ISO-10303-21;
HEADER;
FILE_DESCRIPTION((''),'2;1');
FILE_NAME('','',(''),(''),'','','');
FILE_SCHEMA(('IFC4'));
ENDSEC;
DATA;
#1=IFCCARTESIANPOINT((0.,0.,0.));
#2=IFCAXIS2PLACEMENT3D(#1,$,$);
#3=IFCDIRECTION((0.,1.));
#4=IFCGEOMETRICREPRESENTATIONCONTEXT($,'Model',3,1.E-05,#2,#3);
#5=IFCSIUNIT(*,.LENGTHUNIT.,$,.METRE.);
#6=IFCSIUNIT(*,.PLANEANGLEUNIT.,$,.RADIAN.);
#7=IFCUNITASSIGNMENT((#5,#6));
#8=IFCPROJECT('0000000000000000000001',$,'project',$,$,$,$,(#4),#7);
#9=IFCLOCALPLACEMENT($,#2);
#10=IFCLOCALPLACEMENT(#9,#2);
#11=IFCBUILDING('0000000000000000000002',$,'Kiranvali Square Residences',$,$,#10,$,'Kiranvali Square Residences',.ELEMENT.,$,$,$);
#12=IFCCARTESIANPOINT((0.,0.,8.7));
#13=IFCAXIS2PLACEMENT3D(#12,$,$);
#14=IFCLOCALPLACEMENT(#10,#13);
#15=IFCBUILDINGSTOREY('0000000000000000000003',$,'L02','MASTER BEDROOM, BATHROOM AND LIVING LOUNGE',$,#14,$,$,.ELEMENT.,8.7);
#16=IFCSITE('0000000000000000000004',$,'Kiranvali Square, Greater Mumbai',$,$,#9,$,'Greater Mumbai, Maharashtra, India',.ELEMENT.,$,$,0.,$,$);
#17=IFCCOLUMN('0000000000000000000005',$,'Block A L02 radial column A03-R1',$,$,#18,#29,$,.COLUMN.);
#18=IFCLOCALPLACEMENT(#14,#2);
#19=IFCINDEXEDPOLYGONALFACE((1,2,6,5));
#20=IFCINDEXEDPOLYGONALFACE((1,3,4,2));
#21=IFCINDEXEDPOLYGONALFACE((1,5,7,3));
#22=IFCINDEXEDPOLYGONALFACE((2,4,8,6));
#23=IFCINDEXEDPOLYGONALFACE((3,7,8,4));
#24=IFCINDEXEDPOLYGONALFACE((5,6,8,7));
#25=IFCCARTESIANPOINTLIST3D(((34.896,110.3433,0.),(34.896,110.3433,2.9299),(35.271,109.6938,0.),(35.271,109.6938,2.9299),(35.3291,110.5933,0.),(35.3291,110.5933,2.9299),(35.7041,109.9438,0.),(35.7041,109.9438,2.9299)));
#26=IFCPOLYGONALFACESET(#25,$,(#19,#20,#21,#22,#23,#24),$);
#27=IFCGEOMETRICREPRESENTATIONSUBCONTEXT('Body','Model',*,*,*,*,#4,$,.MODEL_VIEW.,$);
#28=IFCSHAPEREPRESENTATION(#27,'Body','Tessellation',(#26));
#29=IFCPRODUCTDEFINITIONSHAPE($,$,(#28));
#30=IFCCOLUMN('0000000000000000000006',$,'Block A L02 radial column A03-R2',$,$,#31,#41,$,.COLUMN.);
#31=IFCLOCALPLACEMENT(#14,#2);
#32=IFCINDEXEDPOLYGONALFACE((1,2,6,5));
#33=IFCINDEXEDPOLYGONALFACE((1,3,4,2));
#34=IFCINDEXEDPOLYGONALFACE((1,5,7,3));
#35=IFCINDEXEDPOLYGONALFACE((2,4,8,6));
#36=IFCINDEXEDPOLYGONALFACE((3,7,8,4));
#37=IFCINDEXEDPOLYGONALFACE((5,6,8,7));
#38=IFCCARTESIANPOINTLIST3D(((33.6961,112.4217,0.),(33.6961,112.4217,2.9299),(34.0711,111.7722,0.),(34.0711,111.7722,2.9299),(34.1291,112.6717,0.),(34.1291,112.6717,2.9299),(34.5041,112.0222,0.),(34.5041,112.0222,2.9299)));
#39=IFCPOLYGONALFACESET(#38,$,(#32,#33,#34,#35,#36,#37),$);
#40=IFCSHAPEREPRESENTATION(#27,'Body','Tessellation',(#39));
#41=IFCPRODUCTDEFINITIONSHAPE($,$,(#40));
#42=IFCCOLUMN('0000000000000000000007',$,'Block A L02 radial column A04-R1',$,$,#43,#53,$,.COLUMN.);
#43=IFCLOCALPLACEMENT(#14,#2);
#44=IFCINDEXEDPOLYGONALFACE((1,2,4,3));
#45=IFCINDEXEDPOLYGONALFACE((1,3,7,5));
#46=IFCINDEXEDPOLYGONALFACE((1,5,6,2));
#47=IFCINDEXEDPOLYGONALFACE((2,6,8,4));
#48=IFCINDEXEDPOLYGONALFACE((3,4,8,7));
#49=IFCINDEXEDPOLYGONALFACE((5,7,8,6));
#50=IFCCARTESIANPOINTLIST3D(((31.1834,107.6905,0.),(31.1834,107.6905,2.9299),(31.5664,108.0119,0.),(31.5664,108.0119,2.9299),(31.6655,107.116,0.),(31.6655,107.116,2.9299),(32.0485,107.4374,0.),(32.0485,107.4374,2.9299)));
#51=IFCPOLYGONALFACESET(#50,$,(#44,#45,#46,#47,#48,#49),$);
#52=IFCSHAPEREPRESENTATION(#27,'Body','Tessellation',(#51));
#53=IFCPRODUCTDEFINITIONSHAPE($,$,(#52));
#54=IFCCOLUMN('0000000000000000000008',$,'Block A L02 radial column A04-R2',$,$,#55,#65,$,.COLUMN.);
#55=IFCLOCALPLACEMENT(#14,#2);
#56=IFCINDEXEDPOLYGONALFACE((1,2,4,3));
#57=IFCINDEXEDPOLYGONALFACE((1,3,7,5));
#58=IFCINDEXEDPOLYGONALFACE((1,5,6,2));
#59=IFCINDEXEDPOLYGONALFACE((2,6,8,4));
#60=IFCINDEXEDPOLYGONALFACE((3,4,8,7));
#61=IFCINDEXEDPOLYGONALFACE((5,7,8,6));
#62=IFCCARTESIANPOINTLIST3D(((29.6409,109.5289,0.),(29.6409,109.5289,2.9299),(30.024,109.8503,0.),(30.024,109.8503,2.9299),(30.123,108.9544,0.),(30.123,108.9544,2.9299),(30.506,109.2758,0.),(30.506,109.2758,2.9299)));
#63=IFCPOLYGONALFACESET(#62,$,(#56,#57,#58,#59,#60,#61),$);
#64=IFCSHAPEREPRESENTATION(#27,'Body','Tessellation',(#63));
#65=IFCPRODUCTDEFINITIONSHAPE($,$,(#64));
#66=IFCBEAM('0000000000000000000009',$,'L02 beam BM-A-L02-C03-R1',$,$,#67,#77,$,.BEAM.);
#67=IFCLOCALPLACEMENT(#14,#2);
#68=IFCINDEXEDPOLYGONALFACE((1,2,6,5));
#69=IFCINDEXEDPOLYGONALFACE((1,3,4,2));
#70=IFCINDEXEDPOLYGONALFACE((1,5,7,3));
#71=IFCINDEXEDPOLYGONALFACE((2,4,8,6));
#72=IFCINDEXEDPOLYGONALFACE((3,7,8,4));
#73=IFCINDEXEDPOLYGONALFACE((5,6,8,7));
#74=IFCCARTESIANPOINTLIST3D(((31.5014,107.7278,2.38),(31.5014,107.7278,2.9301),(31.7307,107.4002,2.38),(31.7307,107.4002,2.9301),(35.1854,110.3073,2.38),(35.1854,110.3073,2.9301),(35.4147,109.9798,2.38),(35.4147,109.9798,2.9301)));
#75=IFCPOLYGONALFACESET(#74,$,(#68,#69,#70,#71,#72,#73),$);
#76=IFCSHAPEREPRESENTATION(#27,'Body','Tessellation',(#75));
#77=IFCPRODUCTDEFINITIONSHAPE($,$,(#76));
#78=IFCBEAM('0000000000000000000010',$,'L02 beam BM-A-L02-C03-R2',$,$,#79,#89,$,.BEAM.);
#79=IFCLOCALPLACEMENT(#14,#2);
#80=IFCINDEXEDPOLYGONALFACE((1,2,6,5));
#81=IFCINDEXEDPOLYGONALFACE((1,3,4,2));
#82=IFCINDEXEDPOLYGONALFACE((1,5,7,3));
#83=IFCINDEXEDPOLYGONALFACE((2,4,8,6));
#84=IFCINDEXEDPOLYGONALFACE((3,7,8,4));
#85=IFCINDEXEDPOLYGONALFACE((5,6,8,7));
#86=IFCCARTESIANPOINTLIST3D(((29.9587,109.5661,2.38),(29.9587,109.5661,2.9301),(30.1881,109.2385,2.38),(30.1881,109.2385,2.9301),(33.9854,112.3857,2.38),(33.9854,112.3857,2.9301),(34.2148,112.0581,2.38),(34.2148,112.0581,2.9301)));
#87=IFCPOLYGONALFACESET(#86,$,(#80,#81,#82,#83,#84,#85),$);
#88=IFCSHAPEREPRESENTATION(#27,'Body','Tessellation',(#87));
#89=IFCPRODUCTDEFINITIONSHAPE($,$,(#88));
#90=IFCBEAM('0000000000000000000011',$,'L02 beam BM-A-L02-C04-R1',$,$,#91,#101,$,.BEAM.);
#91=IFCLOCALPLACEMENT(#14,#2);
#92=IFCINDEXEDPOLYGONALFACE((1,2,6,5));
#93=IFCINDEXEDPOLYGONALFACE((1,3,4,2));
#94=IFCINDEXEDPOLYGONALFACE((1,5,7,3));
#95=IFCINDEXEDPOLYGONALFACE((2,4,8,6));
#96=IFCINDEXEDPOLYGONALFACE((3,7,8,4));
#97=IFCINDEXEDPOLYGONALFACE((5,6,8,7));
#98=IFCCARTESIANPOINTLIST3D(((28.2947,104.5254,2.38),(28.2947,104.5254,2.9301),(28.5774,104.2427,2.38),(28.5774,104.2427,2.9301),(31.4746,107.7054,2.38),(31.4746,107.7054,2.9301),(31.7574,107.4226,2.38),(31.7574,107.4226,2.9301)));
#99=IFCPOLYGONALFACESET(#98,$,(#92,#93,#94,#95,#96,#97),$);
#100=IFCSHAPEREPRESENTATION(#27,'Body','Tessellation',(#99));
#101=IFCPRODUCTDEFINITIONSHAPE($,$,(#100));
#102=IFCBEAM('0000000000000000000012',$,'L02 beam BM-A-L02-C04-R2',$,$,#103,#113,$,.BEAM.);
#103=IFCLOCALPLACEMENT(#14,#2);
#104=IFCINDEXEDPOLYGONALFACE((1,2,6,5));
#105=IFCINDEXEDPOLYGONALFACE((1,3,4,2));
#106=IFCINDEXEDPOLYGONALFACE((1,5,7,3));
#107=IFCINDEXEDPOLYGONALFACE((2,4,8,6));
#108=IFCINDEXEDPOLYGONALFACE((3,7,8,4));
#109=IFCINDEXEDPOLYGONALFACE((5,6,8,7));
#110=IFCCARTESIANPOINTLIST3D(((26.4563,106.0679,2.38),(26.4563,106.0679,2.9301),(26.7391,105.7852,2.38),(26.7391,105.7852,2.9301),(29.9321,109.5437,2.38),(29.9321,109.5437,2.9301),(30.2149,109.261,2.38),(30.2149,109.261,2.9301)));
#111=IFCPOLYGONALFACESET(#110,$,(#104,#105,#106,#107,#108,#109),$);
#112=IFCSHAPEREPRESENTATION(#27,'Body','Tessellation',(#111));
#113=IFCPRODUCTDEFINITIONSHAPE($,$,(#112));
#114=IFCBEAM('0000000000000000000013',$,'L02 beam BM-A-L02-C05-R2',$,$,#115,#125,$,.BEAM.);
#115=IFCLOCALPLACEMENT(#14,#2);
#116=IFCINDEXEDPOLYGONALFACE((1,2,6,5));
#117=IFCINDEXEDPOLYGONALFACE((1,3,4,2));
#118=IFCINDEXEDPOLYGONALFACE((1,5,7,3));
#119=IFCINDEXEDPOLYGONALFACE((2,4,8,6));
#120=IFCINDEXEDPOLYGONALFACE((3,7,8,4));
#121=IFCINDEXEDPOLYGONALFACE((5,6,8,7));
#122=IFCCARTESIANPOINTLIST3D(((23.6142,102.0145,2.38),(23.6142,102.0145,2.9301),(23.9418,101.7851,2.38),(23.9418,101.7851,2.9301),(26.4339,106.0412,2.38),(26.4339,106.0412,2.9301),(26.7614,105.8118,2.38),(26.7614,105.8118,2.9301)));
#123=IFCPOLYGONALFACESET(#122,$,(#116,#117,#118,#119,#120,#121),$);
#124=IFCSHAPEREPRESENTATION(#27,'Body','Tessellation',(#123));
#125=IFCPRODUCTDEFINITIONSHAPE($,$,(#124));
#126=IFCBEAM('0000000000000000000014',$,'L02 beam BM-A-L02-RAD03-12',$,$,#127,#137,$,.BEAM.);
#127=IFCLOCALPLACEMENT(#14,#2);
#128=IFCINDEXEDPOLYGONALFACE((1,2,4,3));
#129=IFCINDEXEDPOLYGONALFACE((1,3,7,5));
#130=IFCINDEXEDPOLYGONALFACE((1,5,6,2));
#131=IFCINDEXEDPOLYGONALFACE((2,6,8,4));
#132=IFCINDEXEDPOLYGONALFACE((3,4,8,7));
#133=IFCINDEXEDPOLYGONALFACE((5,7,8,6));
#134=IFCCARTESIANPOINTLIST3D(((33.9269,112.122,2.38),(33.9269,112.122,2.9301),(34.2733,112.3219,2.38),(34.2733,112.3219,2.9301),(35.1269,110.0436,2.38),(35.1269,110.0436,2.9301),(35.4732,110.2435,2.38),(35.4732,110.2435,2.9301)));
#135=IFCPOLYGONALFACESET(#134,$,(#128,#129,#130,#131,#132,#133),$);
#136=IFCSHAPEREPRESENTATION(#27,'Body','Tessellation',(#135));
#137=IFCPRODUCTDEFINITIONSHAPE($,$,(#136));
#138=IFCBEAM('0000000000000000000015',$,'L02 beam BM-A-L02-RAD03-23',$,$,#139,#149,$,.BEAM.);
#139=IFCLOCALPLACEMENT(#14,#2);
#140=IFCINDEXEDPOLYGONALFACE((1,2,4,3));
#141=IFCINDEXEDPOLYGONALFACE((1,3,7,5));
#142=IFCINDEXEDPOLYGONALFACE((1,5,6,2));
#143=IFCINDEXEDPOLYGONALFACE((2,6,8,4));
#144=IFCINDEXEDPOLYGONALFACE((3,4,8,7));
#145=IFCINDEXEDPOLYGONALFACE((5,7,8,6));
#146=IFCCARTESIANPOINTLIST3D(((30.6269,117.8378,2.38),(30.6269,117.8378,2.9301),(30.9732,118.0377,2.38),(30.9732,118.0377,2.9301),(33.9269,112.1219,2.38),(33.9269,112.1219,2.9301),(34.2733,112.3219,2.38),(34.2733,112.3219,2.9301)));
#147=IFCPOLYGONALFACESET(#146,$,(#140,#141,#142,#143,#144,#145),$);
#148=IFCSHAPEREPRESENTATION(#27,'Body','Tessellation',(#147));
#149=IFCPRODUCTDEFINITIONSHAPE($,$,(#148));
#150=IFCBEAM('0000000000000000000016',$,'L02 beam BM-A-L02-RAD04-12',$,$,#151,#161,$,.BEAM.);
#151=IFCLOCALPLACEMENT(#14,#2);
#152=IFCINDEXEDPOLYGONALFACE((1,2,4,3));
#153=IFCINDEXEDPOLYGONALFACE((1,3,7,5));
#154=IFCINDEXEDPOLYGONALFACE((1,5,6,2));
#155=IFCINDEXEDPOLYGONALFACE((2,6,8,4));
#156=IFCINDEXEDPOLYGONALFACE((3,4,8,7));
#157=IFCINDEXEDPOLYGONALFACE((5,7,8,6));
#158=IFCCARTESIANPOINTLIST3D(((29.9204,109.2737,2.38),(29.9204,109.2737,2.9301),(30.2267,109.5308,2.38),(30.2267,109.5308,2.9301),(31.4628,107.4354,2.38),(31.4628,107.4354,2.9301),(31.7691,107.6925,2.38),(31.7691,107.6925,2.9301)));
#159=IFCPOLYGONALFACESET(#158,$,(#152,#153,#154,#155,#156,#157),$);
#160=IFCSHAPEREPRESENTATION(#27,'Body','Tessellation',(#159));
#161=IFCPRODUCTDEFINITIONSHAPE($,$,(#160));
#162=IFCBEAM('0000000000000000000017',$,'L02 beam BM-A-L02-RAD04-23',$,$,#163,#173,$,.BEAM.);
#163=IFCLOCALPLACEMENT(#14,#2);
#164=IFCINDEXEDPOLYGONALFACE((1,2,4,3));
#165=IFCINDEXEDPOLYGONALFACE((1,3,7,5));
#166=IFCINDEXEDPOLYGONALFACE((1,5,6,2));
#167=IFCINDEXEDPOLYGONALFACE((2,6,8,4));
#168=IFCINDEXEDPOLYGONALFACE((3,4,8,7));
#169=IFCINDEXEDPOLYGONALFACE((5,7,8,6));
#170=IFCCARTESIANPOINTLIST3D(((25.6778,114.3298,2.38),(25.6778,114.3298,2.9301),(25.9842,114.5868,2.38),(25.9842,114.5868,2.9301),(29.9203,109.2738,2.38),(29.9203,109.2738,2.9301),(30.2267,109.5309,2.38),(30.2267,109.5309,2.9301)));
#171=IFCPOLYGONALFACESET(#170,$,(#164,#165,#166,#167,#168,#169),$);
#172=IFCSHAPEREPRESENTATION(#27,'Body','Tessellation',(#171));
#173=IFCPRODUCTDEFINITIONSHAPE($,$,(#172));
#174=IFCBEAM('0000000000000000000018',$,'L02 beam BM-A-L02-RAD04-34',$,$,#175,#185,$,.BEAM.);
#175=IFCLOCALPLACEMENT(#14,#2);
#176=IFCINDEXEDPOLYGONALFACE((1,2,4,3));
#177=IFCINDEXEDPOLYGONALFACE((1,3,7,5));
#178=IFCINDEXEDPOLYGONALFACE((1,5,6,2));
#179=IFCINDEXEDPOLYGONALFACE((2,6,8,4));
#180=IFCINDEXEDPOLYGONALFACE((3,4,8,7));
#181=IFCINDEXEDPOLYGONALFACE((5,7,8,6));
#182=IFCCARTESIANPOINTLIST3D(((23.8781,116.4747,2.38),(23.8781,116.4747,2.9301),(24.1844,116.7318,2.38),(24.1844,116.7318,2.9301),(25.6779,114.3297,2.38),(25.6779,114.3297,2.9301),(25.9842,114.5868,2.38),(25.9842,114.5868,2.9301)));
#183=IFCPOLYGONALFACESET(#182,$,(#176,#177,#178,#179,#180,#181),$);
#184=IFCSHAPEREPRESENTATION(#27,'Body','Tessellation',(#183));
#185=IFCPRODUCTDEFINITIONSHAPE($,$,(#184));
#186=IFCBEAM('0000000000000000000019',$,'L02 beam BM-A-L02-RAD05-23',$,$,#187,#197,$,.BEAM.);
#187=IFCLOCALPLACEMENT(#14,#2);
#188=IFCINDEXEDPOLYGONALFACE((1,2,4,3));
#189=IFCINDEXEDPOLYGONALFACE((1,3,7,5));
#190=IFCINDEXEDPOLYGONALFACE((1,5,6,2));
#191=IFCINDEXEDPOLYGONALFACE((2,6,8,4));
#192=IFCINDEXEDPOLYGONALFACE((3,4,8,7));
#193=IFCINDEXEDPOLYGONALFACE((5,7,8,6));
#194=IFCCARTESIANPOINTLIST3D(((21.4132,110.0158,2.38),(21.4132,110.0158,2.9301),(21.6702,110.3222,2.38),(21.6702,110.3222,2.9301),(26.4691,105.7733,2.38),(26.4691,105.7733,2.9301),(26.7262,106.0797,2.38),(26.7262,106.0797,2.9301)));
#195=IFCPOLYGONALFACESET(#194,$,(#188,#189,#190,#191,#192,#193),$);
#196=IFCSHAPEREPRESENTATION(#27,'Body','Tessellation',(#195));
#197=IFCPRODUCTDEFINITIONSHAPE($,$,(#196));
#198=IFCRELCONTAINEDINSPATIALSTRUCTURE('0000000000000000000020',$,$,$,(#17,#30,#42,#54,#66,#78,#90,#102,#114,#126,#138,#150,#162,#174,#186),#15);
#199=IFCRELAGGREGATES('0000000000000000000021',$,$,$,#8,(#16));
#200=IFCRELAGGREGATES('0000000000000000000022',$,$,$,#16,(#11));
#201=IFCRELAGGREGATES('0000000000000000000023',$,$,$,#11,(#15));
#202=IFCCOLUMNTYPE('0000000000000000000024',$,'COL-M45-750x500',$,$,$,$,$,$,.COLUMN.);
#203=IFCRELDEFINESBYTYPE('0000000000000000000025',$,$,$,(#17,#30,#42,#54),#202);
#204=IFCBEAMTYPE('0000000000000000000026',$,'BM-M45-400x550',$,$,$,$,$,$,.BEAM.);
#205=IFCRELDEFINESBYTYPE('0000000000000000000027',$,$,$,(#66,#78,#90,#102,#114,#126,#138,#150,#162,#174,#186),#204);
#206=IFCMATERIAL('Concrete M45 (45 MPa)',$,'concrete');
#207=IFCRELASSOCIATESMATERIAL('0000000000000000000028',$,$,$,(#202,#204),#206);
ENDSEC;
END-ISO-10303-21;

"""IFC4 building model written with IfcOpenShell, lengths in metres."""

from ifc_helpers import new_model, si_unit, direction, frame, origin, origin_2d, place, context, subcontext, project, spatial, rectangle, extrude, material, material_profile, profile_set, type_object, element, save


model = new_model("IFC4")

# Units and contexts
model_context = context("Model", 3, precision=1e-05, world=origin(), true_north=direction((0.0, 1.0)))
body_context = subcontext(model_context, "Body", "Model", "MODEL_VIEW")
ifc_project = project(units=[si_unit("LENGTHUNIT", "METRE"), si_unit("PLANEANGLEUNIT", "RADIAN")], contexts=[model_context])

# Site, building, storey
site_placement = place(None, origin())
site = spatial("IfcSite", under=ifc_project, at=site_placement, Name="Kiranvali Square, Greater Mumbai", LongName="Greater Mumbai, Maharashtra, India", CompositionType="ELEMENT", RefElevation=0.0)
building_placement = place(site_placement, origin())
building = spatial("IfcBuilding", under=site, at=building_placement, Name="Kiranvali Square Residences", LongName="Kiranvali Square Residences", CompositionType="ELEMENT")
storey_placement = place(building_placement, frame((0.0, 0.0, 8.7)))
storey = spatial("IfcBuildingStorey", under=building, at=storey_placement, Name="L02", Description="MASTER BEDROOM, BATHROOM AND LIVING LOUNGE", CompositionType="ELEMENT", Elevation=8.7)

# Columns
ifc_material_1 = material(Name="Concrete M45 (45 MPa)", Category="concrete")
ifc_material_profile_1 = material_profile(ifc_material_1, rectangle(XDim=0.5, YDim=0.75, at=origin_2d()), Name="RC 750x500")
ifc_profile_set_1 = profile_set([ifc_material_profile_1], Name="Concrete M45 (45 MPa)")
column_type = type_object("IfcColumnType", Name="COL-M45-750x500", PredefinedType="COLUMN", material=ifc_profile_set_1)
for number, where, z_axis, x_axis, name in (
    (1, (35.3, 110.1436, 0.0), (0.0, 0.0, 1.0), (0.866025, 0.5, 0.0), "Block A L02 radial column A03-R1"),
    (2, (34.1001, 112.2219, 0.0), (0.0, 0.0, 1.0), (0.866025, 0.5, 0.0), "Block A L02 radial column A03-R2"),
    (3, (31.616, 107.564, 0.0), (0.0, 0.0, 1.0), (0.766044, 0.642788, 0.0), "Block A L02 radial column A04-R1"),
    (4, (30.0735, 109.4023, 0.0), (0.0, 0.0, 1.0), (0.766044, 0.642788, 0.0), "Block A L02 radial column A04-R2"),
):
    element("IfcColumn", number, at=place(storey_placement, frame(where, z_axis=z_axis, x_axis=x_axis)), inside=storey, type_object=column_type, Name=name, PredefinedType="COLUMN", context=body_context, shape_type="SweptSolid", body=[
        extrude(rectangle(XDim=0.5, YDim=0.75, at=origin_2d()), origin(), (0.0, 0.0, 1.0), 2.9299),
    ])

# Beams
ifc_material_profile_2 = material_profile(ifc_material_1, rectangle(XDim=0.3999, YDim=0.55, at=origin_2d()), Name="RC 400x550")
ifc_profile_set_2 = profile_set([ifc_material_profile_2], Name="Concrete M45 (45 MPa)")
beam_type = type_object("IfcBeamType", Name="BM-M45-400x550", PredefinedType="BEAM", material=ifc_profile_set_2)
beam_1_placement = place(storey_placement, frame((35.3, 110.1436, 2.655), z_axis=(-0.819155, -0.573572, 0.0), x_axis=(0.573572, -0.819155, 0.0)))
element("IfcBeam", 5, at=beam_1_placement, inside=storey, type_object=beam_type, Name="L02 beam BM-A-L02-C03-R1", PredefinedType="BEAM", context=body_context, shape_type="SweptSolid", body=[
    extrude(rectangle(XDim=0.3999, YDim=0.55, at=origin_2d()), origin(), (0.0, 0.0, 1.0), 4.4973),
])
beam_2_placement = place(storey_placement, frame((34.1001, 112.2219, 2.655), z_axis=(-0.819141, -0.573592, 0.0), x_axis=(0.573592, -0.819141, 0.0)))
element("IfcBeam", 6, at=beam_2_placement, inside=storey, type_object=beam_type, Name="L02 beam BM-A-L02-C03-R2", PredefinedType="BEAM", context=body_context, shape_type="SweptSolid", body=[
    extrude(rectangle(XDim=0.3999, YDim=0.55, at=origin_2d()), origin(), (0.0, 0.0, 1.0), 4.9158),
])
beam_3_placement = place(storey_placement, frame((31.616, 107.564, 2.655), z_axis=(-0.707107, -0.707107, 0.0), x_axis=(0.707107, -0.707107, 0.0)))
element("IfcBeam", 7, at=beam_3_placement, inside=storey, type_object=beam_type, Name="L02 beam BM-A-L02-C04-R1", PredefinedType="BEAM", context=body_context, shape_type="SweptSolid", body=[
    extrude(rectangle(XDim=0.3999, YDim=0.55, at=origin_2d()), origin(), (0.0, 0.0, 1.0), 4.4971),
])
beam_4_placement = place(storey_placement, frame((30.0735, 109.4023, 2.655), z_axis=(-0.707107, -0.707107, 0.0), x_axis=(0.707107, -0.707107, 0.0)))
element("IfcBeam", 8, at=beam_4_placement, inside=storey, type_object=beam_type, Name="L02 beam BM-A-L02-C04-R2", PredefinedType="BEAM", context=body_context, shape_type="SweptSolid", body=[
    extrude(rectangle(XDim=0.3999, YDim=0.55, at=origin_2d()), origin(), (0.0, 0.0, 1.0), 4.9155),
])
beam_5_placement = place(storey_placement, frame((26.5977, 105.9265, 2.655), z_axis=(-0.573592, -0.819141, 0.0), x_axis=(0.819141, -0.573592, 0.0)))
element("IfcBeam", 9, at=beam_5_placement, inside=storey, type_object=beam_type, Name="L02 beam BM-A-L02-C05-R2", PredefinedType="BEAM", context=body_context, shape_type="SweptSolid", body=[
    extrude(rectangle(XDim=0.3999, YDim=0.55, at=origin_2d()), origin(), (0.0, 0.0, 1.0), 4.9158),
])
beam_6_placement = place(storey_placement, frame((35.3, 110.1436, 2.655), z_axis=(-0.500001, 0.866025, 0.0), x_axis=(-0.866025, -0.500001, 0.0)))
element("IfcBeam", 10, at=beam_6_placement, inside=storey, type_object=beam_type, Name="L02 beam BM-A-L02-RAD03-12", PredefinedType="BEAM", context=body_context, shape_type="SweptSolid", body=[
    extrude(rectangle(XDim=0.3999, YDim=0.55, at=origin_2d()), origin(), (0.0, 0.0, 1.0), 2.3999),
])
beam_7_placement = place(storey_placement, frame((34.1001, 112.2219, 2.655), z_axis=(-0.500002, 0.866024, 0.0), x_axis=(-0.866024, -0.500002, 0.0)))
element("IfcBeam", 11, at=beam_7_placement, inside=storey, type_object=beam_type, Name="L02 beam BM-A-L02-RAD03-23", PredefinedType="BEAM", context=body_context, shape_type="SweptSolid", body=[
    extrude(rectangle(XDim=0.3999, YDim=0.55, at=origin_2d()), origin(), (0.0, 0.0, 1.0), 6.6001),
])
beam_8_placement = place(storey_placement, frame((31.616, 107.564, 2.655), z_axis=(-0.642763, 0.766065, 0.0), x_axis=(-0.766065, -0.642763, 0.0)))
element("IfcBeam", 12, at=beam_8_placement, inside=storey, type_object=beam_type, Name="L02 beam BM-A-L02-RAD04-12", PredefinedType="BEAM", context=body_context, shape_type="SweptSolid", body=[
    extrude(rectangle(XDim=0.3999, YDim=0.55, at=origin_2d()), origin(), (0.0, 0.0, 1.0), 2.3997),
])
beam_9_placement = place(storey_placement, frame((30.0735, 109.4023, 2.655), z_axis=(-0.642789, 0.766043, 0.0), x_axis=(-0.766043, -0.642789, 0.0)))
element("IfcBeam", 13, at=beam_9_placement, inside=storey, type_object=beam_type, Name="L02 beam BM-A-L02-RAD04-23", PredefinedType="BEAM", context=body_context, shape_type="SweptSolid", body=[
    extrude(rectangle(XDim=0.3999, YDim=0.55, at=origin_2d()), origin(), (0.0, 0.0, 1.0), 6.6001),
])
beam_10_placement = place(storey_placement, frame((25.8311, 114.4583, 2.655), z_axis=(-0.642771, 0.766059, 0.0), x_axis=(-0.766059, -0.642771, 0.0)))
element("IfcBeam", 14, at=beam_10_placement, inside=storey, type_object=beam_type, Name="L02 beam BM-A-L02-RAD04-34", PredefinedType="BEAM", context=body_context, shape_type="SweptSolid", body=[
    extrude(rectangle(XDim=0.3999, YDim=0.55, at=origin_2d()), origin(), (0.0, 0.0, 1.0), 2.8),
])
beam_11_placement = place(storey_placement, frame((26.5977, 105.9265, 2.655), z_axis=(-0.766043, 0.642789, 0.0), x_axis=(-0.642789, -0.766043, 0.0)))
element("IfcBeam", 15, at=beam_11_placement, inside=storey, type_object=beam_type, Name="L02 beam BM-A-L02-RAD05-23", PredefinedType="BEAM", context=body_context, shape_type="SweptSolid", body=[
    extrude(rectangle(XDim=0.3999, YDim=0.55, at=origin_2d()), origin(), (0.0, 0.0, 1.0), 6.6001),
])

save(model, "model.ifc")
